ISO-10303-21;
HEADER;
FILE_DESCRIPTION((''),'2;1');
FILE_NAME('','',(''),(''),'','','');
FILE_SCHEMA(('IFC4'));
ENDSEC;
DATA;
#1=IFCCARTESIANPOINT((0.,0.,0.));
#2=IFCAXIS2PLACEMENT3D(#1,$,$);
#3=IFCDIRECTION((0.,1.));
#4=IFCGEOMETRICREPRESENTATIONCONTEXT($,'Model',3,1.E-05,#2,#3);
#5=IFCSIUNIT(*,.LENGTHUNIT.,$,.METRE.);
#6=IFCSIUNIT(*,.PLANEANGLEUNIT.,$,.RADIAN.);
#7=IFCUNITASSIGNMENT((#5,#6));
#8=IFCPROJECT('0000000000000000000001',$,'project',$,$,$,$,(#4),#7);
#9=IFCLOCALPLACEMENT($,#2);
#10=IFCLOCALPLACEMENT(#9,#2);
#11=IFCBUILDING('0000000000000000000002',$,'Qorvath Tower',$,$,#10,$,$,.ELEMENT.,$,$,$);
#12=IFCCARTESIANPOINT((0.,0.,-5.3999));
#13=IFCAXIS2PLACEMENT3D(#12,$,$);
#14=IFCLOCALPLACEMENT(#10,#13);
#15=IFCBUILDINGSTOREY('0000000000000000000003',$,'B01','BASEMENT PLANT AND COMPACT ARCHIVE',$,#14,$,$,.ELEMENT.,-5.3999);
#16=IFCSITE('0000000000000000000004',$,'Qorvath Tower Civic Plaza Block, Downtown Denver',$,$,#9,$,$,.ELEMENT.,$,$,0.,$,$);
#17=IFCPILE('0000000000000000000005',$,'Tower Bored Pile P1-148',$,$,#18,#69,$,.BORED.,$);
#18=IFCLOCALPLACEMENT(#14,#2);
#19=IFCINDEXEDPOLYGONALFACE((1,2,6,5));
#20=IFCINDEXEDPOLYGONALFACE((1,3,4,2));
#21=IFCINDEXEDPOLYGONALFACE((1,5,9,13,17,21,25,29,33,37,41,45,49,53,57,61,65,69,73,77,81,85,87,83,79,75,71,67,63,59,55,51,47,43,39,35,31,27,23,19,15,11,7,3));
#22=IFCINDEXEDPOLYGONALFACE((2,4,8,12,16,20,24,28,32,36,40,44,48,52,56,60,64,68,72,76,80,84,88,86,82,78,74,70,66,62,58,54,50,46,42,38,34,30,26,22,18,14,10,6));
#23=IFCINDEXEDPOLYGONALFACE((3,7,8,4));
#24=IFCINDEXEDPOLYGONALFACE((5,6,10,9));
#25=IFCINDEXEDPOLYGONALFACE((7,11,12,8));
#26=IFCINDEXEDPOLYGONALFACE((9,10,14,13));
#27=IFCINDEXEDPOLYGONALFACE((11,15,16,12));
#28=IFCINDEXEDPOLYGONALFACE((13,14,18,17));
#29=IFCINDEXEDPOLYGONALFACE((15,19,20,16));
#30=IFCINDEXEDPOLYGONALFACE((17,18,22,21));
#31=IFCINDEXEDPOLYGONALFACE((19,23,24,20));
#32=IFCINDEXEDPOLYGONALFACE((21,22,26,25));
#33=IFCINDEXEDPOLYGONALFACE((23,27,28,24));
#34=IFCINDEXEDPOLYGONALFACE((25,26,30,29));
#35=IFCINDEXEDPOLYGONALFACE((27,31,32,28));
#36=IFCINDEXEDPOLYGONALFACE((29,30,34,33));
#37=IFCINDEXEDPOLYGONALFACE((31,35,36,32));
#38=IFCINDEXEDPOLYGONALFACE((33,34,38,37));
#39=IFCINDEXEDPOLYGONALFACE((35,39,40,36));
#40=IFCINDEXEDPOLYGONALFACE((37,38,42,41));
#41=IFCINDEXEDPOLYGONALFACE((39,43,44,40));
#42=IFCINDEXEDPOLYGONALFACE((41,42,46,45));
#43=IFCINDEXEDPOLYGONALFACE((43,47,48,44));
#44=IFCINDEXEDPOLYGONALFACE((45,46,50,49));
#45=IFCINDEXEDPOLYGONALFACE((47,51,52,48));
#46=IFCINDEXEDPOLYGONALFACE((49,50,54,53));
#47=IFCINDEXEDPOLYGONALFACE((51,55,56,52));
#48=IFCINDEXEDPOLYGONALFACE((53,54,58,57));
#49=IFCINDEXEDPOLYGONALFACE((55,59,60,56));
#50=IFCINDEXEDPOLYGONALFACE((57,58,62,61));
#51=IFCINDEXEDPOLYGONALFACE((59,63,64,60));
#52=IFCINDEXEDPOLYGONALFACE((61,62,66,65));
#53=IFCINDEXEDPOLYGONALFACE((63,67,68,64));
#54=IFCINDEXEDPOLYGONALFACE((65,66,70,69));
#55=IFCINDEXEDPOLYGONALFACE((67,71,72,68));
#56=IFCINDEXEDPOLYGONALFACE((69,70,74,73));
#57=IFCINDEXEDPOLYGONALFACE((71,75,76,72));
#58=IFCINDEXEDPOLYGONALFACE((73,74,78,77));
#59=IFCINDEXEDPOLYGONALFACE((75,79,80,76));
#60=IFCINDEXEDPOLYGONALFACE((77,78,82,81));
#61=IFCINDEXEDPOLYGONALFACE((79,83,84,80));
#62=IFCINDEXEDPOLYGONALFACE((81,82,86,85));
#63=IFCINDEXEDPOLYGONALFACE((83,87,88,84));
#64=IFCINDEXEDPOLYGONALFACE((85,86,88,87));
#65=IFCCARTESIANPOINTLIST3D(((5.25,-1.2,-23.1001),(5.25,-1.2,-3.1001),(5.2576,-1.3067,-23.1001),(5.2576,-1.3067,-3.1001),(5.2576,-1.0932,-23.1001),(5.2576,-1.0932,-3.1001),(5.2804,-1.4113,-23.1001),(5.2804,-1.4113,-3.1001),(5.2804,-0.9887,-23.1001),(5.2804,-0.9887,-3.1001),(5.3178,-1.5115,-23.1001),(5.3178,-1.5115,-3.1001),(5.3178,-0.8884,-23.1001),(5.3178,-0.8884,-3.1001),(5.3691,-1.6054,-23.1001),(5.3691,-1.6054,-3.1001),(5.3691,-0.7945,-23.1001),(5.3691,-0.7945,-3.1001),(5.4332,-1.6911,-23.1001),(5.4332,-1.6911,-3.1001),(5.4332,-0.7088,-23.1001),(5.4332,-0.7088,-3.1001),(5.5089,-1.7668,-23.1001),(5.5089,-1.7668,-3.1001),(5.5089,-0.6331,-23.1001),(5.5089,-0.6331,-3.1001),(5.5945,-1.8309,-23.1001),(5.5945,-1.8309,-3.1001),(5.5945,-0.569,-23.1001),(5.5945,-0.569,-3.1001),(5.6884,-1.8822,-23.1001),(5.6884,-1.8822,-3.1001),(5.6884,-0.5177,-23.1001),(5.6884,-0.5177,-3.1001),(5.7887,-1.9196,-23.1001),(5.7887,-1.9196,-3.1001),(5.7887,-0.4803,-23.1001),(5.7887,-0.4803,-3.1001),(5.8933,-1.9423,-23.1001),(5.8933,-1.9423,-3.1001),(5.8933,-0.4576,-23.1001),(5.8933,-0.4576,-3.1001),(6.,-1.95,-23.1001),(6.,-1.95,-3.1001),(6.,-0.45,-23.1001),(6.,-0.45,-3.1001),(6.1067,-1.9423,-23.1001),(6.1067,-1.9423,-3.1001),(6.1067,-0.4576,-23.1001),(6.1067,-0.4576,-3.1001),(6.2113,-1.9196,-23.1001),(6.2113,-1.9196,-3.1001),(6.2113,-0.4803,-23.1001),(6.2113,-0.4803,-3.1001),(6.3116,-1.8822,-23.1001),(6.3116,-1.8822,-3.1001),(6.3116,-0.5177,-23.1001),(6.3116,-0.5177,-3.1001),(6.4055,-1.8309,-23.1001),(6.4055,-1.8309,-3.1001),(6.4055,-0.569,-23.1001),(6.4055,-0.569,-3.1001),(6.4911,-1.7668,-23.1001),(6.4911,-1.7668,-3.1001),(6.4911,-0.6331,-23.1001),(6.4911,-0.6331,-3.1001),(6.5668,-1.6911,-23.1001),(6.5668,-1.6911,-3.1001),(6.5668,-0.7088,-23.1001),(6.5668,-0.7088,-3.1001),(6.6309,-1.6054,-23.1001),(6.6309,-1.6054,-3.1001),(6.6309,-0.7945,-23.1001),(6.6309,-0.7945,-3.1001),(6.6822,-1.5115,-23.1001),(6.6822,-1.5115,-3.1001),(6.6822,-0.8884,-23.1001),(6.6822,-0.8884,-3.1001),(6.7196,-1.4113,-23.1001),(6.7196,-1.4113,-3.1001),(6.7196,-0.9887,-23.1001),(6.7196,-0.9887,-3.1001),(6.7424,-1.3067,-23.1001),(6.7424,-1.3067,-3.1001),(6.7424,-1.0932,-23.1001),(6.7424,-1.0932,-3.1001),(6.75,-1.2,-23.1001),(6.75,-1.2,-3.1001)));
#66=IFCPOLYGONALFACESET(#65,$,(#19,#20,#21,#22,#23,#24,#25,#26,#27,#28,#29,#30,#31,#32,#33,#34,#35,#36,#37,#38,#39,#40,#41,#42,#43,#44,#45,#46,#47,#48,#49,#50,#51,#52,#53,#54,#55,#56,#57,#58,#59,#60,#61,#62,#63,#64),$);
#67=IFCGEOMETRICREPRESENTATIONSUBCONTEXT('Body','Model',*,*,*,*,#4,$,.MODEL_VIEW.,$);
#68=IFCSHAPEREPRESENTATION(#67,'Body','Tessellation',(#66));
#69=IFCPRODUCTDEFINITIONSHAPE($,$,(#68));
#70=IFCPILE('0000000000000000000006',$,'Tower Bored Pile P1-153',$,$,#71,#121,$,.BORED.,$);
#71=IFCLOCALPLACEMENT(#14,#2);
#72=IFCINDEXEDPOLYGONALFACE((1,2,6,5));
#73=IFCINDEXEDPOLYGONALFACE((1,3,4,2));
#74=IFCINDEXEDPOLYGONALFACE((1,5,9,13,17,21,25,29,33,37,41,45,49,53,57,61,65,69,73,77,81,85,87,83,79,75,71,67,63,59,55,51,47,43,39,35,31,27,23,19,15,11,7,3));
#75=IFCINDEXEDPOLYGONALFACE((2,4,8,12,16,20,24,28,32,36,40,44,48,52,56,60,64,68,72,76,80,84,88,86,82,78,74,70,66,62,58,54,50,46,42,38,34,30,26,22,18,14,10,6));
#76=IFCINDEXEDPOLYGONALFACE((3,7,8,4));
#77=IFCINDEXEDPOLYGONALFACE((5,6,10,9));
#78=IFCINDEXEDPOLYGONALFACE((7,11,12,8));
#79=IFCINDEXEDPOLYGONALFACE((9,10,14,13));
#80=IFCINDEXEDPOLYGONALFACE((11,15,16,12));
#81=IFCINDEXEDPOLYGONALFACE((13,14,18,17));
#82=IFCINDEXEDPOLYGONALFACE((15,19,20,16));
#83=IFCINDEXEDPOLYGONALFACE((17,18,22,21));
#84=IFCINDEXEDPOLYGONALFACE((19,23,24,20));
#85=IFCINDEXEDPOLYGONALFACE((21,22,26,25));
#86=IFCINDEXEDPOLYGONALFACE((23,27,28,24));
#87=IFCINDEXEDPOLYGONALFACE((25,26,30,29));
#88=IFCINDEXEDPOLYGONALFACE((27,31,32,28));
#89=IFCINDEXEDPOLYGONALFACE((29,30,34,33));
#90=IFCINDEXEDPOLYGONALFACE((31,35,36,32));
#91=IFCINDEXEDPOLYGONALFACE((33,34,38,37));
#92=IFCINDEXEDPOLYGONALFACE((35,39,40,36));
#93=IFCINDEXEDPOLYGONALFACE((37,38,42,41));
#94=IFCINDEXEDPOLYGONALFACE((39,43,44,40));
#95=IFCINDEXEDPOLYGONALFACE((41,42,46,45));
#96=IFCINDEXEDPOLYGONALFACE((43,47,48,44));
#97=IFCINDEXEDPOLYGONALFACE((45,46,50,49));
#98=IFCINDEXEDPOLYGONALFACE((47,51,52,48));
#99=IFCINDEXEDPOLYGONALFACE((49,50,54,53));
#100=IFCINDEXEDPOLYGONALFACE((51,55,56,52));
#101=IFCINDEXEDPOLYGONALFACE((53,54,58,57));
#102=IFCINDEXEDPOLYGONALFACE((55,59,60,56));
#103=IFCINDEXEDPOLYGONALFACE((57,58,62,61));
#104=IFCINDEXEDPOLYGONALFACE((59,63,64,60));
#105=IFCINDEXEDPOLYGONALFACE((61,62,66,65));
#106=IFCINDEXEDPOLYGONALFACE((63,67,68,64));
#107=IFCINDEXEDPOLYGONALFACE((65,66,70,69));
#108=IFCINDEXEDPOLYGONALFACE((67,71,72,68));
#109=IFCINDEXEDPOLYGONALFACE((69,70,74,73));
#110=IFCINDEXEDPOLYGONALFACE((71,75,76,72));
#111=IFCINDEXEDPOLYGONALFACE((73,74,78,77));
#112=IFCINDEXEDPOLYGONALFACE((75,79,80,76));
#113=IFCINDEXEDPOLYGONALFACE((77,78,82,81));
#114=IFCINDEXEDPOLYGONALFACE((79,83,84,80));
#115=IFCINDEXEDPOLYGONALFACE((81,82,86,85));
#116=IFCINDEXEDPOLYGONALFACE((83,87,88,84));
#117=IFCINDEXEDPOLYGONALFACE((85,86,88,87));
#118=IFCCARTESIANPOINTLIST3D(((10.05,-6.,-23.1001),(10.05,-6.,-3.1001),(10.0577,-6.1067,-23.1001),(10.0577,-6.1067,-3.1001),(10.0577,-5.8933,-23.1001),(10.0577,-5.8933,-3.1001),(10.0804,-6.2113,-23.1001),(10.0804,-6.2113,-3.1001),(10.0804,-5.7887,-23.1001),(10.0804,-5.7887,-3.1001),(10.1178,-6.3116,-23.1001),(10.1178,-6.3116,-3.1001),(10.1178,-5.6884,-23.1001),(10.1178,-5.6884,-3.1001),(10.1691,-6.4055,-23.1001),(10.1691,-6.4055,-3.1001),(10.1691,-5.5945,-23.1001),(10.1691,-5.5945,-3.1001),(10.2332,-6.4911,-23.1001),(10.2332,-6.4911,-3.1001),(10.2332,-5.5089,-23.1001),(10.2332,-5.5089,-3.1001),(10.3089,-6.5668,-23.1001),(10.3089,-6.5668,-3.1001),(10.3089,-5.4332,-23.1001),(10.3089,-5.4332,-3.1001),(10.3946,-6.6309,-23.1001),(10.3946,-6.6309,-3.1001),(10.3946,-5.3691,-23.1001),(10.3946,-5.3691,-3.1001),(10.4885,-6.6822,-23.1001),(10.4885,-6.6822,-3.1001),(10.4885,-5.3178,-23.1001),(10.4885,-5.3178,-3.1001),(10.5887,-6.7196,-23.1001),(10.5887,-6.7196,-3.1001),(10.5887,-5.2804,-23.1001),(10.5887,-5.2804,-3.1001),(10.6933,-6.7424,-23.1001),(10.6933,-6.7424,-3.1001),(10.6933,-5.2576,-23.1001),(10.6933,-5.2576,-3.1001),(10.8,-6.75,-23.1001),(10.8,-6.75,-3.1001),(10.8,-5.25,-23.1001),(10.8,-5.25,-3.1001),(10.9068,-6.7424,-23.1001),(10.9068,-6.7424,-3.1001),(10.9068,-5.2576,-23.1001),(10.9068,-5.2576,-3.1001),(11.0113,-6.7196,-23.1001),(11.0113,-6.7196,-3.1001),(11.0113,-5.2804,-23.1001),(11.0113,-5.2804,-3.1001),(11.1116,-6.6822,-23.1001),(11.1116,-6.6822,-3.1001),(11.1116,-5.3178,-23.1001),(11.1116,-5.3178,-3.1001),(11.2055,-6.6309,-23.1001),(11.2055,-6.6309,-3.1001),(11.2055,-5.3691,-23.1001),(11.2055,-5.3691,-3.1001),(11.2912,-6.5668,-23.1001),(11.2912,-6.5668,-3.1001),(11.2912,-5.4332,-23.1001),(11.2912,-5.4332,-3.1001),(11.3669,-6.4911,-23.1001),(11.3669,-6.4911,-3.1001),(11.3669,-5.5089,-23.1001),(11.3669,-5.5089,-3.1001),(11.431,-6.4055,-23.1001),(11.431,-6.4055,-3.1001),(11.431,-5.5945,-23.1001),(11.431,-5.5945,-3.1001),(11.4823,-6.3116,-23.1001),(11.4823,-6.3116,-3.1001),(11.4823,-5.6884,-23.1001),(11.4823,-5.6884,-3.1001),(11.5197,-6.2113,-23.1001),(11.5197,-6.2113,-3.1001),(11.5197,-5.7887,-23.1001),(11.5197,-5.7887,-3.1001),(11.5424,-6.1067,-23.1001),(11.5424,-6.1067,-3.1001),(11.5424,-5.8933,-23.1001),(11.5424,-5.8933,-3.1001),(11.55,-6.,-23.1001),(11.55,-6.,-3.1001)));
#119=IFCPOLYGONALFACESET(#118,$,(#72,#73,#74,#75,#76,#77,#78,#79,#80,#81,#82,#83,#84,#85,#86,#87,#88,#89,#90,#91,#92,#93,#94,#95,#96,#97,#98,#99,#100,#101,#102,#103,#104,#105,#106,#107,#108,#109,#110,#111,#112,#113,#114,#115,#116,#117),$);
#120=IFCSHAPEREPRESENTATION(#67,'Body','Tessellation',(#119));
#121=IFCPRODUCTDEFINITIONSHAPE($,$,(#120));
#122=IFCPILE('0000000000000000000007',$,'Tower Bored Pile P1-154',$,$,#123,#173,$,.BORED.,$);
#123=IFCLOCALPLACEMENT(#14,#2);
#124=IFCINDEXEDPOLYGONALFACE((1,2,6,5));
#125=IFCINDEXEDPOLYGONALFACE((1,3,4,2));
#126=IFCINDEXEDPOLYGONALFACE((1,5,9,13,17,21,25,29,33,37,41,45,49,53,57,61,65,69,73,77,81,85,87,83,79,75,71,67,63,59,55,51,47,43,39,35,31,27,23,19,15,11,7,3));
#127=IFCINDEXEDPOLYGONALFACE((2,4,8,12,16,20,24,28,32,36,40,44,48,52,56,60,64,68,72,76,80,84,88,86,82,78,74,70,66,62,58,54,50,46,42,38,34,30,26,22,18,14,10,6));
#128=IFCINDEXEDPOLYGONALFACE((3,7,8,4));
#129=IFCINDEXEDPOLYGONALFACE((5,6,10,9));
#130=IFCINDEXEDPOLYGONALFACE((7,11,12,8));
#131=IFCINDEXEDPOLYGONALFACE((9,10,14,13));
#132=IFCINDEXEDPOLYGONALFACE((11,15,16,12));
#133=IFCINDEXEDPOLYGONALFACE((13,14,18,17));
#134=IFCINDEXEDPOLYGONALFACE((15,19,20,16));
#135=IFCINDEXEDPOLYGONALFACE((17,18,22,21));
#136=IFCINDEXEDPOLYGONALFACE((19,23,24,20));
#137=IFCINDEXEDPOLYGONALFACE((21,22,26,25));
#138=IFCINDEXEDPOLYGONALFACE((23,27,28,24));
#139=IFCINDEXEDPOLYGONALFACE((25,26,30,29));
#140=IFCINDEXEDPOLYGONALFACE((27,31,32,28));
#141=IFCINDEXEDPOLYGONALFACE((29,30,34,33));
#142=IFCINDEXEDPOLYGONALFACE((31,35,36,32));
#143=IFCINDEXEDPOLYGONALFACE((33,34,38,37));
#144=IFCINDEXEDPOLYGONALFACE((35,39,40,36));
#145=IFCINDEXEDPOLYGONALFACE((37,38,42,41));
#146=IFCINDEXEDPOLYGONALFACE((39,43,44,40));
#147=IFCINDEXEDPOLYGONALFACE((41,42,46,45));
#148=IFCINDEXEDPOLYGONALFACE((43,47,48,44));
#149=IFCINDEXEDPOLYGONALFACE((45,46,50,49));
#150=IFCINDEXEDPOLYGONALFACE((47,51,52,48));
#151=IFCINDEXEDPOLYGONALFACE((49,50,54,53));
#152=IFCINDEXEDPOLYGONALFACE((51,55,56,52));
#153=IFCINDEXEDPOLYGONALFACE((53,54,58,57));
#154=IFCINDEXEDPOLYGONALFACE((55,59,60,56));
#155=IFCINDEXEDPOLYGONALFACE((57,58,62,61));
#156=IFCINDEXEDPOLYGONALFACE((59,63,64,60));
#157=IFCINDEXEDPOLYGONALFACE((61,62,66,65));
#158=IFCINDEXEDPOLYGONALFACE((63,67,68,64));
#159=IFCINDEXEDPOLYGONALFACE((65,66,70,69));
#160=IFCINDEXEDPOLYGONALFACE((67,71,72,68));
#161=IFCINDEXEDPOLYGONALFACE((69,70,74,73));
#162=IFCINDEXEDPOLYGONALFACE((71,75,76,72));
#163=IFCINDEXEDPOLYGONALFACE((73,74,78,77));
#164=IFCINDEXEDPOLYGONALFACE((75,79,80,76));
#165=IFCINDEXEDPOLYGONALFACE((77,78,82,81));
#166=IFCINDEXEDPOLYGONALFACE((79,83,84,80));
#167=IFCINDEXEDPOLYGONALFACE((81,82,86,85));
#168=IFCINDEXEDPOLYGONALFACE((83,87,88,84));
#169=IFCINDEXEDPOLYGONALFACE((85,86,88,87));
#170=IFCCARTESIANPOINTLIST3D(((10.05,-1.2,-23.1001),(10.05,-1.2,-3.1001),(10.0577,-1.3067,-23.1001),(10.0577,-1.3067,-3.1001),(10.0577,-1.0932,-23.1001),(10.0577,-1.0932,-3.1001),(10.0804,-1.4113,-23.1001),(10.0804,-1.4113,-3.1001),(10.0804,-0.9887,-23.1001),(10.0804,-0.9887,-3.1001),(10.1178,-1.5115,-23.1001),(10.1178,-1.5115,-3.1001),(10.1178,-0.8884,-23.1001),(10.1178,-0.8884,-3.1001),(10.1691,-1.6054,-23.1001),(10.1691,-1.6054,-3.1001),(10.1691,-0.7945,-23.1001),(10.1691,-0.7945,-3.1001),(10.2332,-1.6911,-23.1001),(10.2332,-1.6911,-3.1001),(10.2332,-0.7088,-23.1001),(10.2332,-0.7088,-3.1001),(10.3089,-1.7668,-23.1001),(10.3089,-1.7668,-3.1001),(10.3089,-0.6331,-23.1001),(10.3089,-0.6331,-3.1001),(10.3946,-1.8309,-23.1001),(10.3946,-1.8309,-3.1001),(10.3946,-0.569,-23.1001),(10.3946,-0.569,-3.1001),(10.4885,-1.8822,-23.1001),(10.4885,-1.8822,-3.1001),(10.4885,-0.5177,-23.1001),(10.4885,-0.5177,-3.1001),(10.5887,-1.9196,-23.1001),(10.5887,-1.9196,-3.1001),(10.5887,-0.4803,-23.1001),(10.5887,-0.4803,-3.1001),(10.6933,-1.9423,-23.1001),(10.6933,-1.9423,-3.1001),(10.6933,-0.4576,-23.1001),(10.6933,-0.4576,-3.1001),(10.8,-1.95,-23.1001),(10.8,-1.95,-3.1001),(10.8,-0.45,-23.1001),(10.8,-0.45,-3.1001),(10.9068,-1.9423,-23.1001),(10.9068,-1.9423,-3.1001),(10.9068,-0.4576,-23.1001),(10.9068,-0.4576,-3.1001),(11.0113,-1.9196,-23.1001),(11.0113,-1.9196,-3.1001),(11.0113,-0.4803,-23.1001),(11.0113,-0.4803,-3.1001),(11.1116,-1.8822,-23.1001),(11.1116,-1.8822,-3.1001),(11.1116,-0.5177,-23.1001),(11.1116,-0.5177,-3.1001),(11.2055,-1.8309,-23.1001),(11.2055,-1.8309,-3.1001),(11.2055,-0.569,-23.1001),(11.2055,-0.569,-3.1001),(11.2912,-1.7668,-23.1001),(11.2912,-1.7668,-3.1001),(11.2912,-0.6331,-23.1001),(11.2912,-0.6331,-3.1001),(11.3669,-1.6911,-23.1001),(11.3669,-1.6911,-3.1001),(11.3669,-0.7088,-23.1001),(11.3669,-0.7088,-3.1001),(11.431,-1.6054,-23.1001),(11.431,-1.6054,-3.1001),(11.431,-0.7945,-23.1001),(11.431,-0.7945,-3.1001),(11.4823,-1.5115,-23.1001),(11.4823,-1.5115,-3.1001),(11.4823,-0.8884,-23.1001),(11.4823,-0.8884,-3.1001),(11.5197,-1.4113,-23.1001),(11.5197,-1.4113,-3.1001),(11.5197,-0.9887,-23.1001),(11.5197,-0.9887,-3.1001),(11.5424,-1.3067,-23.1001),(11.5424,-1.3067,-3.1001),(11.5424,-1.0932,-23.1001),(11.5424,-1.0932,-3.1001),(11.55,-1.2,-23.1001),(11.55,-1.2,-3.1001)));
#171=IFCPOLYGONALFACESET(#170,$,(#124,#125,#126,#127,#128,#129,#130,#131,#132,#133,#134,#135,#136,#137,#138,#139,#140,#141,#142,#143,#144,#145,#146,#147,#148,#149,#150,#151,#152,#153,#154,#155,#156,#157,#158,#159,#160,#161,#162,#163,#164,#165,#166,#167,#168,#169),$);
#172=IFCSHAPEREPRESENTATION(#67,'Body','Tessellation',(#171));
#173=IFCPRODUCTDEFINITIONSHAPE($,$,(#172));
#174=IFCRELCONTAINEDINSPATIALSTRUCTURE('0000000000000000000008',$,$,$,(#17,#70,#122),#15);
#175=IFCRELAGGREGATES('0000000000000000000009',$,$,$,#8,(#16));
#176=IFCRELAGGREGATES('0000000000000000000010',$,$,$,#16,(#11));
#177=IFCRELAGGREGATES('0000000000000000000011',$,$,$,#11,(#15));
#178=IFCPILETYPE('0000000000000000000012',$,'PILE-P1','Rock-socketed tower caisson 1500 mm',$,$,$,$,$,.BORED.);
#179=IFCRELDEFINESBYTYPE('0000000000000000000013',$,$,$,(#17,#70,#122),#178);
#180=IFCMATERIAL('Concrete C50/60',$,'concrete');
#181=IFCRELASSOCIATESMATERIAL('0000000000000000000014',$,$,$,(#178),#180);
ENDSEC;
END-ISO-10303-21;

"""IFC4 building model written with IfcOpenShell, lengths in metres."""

from ifc_helpers import new_model, si_unit, direction, frame, origin, origin_2d, place, context, subcontext, project, spatial, circle, extrude, material, material_profile, profile_set, type_object, element, save


model = new_model("IFC4")

# Units and contexts
model_context = context("Model", 3, precision=1e-05, world=origin(), true_north=direction((0.0, 1.0)))
body_context = subcontext(model_context, "Body", "Model", "MODEL_VIEW")
ifc_project = project(units=[si_unit("LENGTHUNIT", "METRE"), si_unit("PLANEANGLEUNIT", "RADIAN")], contexts=[model_context])

# Site, building, storey
site_placement = place(None, origin())
site = spatial("IfcSite", under=ifc_project, at=site_placement, Name="Qorvath Tower Civic Plaza Block, Downtown Denver", CompositionType="ELEMENT", RefElevation=0.0)
building_placement = place(site_placement, origin())
building = spatial("IfcBuilding", under=site, at=building_placement, Name="Qorvath Tower", CompositionType="ELEMENT")
storey_placement = place(building_placement, frame((0.0, 0.0, -5.3999)))
storey = spatial("IfcBuildingStorey", under=building, at=storey_placement, Name="B01", Description="BASEMENT PLANT AND COMPACT ARCHIVE", CompositionType="ELEMENT", Elevation=-5.3999)

# Piles
ifc_material_1 = material(Name="Concrete C50/60", Category="concrete")
ifc_material_profile_1 = material_profile(ifc_material_1, circle(Radius=0.75, at=origin_2d()), Name="BORED PILE 1500")
ifc_profile_set_1 = profile_set([ifc_material_profile_1], Name="Concrete C50/60")
pile_type_1 = type_object("IfcPileType", Name="PILE-P1", Description="Rock-socketed tower caisson 1500 mm", PredefinedType="BORED", material=ifc_profile_set_1)
for number, where, z_axis, x_axis, name in (
    (1, (6.0, -1.2, -3.1001), (0.0, 0.0, -1.0), (1.0, 0.0, 0.0), "Tower Bored Pile P1-148"),
    (2, (10.8, -6.0, -3.1001), (0.0, 0.0, -1.0), (1.0, 0.0, 0.0), "Tower Bored Pile P1-153"),
    (3, (10.8, -1.2, -3.1001), (0.0, 0.0, -1.0), (1.0, 0.0, 0.0), "Tower Bored Pile P1-154"),
):
    element("IfcPile", number, at=place(storey_placement, frame(where, z_axis=z_axis, x_axis=x_axis)), inside=storey, type_object=pile_type_1, Name=name, PredefinedType="BORED", context=body_context, shape_type="SweptSolid", body=[
        extrude(circle(Radius=0.75, at=origin_2d()), origin(), (0.0, 0.0, 1.0), 20.0),
    ])

save(model, "model.ifc")
